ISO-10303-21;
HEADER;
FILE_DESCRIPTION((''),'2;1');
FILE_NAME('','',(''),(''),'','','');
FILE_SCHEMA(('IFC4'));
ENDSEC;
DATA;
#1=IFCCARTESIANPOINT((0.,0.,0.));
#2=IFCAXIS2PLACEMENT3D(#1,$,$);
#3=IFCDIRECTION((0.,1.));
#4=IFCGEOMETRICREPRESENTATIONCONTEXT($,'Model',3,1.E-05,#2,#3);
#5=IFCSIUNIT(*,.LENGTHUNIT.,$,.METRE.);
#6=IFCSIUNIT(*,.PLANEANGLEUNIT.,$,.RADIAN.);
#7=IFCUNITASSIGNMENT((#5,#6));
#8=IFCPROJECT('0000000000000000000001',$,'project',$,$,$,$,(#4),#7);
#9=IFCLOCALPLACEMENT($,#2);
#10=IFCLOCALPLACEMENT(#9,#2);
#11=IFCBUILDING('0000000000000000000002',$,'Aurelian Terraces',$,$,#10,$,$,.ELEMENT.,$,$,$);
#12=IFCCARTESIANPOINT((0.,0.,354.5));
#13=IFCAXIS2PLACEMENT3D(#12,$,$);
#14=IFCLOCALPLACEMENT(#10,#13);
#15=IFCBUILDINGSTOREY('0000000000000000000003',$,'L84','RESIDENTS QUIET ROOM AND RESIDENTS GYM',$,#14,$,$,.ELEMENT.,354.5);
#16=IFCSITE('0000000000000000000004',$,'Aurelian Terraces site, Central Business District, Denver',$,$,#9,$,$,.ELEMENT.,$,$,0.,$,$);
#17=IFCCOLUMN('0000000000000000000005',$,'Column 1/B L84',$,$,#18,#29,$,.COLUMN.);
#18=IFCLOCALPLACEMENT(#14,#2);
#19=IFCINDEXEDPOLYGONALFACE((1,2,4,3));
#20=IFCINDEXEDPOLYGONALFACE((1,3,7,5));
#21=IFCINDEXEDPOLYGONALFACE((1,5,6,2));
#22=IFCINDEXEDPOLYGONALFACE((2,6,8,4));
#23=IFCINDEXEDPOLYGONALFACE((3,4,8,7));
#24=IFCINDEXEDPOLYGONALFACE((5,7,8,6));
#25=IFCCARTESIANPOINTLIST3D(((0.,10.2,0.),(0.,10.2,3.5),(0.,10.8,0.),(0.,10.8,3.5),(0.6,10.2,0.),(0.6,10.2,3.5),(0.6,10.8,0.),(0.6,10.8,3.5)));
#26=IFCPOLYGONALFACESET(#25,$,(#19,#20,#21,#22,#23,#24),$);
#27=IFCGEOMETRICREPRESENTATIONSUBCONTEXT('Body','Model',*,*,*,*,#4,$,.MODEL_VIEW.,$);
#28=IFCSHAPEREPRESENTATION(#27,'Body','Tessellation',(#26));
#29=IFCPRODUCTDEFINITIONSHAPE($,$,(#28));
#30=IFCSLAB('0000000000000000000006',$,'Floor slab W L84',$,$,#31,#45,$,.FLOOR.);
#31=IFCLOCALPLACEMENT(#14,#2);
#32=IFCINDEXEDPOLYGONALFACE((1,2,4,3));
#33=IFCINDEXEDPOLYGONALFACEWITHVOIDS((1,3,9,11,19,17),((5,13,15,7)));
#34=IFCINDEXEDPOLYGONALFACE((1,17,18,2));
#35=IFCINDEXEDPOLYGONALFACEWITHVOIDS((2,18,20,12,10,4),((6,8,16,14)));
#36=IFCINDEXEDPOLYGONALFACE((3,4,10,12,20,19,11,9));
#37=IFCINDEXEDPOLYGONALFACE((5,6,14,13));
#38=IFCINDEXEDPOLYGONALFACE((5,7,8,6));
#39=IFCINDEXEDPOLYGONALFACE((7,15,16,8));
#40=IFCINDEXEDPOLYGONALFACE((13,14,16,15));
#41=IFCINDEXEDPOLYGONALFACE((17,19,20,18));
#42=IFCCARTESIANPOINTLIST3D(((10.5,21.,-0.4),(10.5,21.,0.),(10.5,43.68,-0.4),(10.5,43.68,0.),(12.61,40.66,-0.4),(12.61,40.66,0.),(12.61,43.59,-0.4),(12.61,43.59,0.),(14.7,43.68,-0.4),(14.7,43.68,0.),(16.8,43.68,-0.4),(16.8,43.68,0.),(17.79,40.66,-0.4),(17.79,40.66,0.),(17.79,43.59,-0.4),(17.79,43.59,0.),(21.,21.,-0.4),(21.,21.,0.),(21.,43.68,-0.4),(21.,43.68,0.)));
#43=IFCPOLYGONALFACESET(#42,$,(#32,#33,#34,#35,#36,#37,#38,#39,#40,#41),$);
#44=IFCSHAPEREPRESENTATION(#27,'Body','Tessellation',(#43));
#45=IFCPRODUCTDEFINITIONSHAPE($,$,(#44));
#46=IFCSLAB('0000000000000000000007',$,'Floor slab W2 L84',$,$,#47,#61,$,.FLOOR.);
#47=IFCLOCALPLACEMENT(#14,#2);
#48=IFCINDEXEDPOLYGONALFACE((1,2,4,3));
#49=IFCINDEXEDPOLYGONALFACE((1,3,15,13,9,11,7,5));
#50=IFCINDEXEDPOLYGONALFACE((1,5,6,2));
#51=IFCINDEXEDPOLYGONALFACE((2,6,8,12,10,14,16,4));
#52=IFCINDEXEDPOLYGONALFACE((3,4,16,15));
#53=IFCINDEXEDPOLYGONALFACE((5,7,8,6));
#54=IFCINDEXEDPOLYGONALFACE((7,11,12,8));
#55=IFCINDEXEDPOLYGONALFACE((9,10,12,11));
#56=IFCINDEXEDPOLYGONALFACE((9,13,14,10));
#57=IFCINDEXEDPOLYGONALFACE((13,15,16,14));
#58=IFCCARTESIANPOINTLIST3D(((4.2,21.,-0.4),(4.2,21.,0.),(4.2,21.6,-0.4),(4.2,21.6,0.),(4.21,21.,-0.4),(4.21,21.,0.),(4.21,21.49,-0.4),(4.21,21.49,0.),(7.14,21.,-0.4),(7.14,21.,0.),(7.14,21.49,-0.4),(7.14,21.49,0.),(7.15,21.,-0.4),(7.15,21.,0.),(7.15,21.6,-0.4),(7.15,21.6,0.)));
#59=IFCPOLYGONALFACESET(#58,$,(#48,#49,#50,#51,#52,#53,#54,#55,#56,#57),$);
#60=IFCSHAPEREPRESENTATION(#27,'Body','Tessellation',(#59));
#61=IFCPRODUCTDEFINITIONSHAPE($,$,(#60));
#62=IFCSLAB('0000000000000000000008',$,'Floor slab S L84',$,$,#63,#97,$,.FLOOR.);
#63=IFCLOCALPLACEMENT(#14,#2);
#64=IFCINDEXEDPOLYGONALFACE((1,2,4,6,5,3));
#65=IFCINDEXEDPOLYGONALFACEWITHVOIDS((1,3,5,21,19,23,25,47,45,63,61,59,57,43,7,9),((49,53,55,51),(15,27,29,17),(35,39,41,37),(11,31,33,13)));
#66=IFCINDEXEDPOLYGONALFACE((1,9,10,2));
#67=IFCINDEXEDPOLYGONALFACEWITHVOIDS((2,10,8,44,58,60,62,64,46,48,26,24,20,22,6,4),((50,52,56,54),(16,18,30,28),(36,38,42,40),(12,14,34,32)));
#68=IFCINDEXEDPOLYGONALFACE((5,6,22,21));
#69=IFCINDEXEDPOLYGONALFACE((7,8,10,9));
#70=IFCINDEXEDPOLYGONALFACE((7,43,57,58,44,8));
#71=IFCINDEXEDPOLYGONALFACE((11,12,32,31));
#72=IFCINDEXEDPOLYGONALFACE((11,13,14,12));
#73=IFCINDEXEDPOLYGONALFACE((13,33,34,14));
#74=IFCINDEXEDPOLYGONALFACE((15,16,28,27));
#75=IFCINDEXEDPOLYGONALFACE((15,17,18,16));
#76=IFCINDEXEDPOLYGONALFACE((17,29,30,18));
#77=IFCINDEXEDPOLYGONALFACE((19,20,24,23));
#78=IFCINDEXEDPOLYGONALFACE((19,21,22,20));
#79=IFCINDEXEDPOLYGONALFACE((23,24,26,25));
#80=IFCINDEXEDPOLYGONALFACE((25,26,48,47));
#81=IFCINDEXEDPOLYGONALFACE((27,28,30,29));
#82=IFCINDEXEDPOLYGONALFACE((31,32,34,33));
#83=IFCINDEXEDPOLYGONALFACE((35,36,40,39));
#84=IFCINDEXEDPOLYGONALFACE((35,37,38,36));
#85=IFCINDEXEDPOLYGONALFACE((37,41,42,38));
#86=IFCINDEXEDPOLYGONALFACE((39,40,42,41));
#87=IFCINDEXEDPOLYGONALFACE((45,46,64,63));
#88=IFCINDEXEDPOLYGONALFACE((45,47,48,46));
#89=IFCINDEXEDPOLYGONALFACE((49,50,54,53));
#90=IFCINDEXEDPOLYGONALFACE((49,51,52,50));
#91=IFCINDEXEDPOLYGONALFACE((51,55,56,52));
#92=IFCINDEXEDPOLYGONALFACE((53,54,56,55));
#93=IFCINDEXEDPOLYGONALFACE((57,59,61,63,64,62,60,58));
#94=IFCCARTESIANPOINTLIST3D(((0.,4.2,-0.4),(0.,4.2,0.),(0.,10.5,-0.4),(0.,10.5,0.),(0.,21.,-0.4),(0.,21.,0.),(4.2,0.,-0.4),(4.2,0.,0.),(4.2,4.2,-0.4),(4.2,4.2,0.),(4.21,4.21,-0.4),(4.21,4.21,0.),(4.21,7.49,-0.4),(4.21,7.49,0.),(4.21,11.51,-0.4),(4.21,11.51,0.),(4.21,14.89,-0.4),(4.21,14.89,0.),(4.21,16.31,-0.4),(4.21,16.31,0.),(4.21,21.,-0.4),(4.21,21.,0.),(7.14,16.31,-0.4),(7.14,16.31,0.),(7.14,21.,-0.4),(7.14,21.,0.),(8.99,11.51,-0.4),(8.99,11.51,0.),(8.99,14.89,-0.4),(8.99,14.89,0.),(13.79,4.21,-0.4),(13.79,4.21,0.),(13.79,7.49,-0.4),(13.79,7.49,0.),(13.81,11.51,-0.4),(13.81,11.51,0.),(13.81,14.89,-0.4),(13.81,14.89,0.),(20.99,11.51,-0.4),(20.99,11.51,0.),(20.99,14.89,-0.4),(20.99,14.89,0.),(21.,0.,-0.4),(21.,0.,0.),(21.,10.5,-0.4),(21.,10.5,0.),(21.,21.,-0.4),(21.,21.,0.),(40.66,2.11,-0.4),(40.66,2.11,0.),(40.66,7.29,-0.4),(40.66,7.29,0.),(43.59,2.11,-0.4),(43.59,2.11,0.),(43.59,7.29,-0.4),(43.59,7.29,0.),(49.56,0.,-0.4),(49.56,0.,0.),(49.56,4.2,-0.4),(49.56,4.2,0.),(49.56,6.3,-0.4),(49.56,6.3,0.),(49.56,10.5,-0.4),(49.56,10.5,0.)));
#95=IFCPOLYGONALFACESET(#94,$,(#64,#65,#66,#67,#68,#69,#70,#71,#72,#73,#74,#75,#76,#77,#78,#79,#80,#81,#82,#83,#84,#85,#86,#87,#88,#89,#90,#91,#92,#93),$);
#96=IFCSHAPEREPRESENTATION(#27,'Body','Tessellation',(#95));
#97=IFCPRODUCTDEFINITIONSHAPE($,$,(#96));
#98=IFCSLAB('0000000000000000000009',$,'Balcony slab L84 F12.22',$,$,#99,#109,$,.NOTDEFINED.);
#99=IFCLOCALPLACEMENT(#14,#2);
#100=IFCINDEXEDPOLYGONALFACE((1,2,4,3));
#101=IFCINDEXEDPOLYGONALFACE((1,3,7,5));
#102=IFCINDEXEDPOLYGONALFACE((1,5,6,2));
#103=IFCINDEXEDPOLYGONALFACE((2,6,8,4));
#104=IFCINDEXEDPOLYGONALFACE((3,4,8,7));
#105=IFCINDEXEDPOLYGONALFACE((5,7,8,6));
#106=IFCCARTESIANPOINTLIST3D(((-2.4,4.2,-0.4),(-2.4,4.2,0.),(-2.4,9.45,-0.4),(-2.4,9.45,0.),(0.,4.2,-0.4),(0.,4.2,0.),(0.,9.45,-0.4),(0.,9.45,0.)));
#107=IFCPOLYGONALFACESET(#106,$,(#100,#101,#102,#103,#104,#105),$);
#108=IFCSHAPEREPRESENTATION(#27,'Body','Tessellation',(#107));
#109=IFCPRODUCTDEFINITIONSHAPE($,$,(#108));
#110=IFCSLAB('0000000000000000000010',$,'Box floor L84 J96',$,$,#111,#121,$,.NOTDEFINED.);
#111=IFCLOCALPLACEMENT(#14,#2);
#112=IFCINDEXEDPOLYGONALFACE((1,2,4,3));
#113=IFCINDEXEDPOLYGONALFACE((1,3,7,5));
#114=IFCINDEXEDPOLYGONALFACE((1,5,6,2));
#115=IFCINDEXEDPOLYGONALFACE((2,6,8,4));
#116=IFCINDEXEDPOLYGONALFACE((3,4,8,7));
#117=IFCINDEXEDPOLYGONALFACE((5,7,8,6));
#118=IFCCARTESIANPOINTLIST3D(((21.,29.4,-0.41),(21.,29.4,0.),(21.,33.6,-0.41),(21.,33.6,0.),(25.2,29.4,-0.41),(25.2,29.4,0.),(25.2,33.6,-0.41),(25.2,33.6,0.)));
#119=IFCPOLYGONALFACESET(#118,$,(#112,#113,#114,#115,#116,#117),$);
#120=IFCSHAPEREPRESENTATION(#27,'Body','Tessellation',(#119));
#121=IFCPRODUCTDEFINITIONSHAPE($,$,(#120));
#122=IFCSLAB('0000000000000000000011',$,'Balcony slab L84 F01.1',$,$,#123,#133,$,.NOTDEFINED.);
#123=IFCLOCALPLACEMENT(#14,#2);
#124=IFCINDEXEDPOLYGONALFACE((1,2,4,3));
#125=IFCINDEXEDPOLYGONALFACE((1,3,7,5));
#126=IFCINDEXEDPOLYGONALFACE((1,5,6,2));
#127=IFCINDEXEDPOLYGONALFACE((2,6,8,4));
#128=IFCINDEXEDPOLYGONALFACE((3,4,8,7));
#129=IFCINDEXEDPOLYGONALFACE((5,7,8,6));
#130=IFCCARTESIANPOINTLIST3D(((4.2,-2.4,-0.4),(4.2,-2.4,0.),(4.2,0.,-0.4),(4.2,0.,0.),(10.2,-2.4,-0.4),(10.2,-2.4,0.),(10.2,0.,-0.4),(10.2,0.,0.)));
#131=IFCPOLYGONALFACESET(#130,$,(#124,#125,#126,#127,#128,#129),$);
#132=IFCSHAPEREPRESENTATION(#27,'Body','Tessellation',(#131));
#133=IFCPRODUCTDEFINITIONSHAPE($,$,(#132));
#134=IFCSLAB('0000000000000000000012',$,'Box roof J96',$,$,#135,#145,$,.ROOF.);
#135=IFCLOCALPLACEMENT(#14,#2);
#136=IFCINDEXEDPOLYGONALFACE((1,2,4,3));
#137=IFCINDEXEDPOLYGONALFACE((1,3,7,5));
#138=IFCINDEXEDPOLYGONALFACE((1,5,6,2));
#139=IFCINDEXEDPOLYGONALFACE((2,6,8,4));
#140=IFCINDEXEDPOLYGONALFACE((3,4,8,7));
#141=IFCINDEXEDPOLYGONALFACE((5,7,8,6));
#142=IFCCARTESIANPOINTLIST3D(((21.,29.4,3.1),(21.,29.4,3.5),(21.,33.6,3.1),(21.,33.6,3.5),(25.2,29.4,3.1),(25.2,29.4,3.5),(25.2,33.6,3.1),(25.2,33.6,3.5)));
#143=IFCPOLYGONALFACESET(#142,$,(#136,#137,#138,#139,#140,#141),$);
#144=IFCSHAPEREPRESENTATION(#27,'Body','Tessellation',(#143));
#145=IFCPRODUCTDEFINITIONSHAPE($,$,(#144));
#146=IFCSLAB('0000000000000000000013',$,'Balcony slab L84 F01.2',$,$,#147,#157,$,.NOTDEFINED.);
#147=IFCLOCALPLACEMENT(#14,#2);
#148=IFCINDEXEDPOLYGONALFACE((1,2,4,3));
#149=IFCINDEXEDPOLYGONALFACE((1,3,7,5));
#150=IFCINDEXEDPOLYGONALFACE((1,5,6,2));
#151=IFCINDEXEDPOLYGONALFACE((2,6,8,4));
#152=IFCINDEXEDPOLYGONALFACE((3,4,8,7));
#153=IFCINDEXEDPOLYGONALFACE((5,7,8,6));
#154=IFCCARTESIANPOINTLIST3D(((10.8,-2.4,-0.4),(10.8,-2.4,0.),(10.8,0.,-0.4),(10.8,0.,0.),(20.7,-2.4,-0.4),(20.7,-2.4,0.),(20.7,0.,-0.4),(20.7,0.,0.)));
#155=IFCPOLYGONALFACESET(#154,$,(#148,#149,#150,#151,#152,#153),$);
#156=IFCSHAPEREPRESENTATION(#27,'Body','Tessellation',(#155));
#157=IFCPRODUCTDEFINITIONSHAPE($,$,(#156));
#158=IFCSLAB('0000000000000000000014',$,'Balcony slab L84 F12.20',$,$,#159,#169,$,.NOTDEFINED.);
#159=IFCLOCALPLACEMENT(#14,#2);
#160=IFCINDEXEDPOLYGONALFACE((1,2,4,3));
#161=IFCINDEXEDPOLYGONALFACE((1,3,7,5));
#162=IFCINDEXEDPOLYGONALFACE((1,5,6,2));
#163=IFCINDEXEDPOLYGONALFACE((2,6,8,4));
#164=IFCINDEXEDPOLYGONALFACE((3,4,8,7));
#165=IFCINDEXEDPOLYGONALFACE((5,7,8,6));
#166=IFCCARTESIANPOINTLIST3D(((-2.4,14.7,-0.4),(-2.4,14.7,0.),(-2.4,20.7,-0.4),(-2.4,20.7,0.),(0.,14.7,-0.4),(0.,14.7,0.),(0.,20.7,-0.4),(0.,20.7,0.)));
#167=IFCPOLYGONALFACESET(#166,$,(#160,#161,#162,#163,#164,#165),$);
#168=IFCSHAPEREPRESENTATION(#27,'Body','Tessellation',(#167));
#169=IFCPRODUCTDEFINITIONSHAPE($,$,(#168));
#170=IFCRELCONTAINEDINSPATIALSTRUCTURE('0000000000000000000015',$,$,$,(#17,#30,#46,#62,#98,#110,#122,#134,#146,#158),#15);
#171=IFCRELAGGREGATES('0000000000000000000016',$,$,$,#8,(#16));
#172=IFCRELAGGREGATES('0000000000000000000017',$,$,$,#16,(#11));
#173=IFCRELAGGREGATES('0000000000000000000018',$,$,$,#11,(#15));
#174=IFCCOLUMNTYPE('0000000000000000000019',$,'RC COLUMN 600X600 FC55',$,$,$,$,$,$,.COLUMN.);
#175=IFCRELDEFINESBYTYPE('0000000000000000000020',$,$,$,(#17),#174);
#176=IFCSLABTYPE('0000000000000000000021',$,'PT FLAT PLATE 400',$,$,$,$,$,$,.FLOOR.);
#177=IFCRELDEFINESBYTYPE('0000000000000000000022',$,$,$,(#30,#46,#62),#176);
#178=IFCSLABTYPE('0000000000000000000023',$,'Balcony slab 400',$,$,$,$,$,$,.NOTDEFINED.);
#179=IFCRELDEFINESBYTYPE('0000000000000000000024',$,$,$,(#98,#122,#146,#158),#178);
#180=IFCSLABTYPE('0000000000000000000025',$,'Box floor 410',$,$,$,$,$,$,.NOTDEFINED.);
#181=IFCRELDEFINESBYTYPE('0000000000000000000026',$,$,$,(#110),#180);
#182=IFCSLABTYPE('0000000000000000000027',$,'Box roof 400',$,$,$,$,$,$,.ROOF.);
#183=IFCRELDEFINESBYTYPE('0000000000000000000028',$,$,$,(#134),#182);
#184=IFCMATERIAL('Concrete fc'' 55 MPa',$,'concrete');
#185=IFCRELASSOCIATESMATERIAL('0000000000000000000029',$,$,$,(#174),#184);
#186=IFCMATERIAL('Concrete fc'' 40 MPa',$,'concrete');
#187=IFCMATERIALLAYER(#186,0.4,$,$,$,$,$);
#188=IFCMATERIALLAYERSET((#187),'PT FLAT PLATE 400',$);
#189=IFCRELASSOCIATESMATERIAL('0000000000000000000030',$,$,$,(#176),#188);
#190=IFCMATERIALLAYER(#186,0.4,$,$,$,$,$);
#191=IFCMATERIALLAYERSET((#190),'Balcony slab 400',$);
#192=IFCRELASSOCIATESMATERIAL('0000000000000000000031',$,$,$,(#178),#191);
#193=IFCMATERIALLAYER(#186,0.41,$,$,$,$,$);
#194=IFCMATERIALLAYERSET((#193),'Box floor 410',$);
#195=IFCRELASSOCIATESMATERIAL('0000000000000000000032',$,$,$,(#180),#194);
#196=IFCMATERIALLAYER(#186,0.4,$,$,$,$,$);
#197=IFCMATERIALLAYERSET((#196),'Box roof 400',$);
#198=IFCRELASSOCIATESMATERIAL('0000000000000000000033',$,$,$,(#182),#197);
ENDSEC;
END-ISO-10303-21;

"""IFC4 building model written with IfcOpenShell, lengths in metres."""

from ifc_helpers import new_model, si_unit, direction, frame, origin, origin_2d, place, context, subcontext, project, spatial, polyline, rectangle, outline, extrude, source, transform, mapped, material, layer, layer_set, material_profile, profile_set, type_object, element, save


model = new_model("IFC4")

# Units and contexts
model_context = context("Model", 3, precision=1e-05, world=origin(), true_north=direction((0.0, 1.0)))
body_context = subcontext(model_context, "Body", "Model", "MODEL_VIEW")
ifc_project = project(units=[si_unit("LENGTHUNIT", "METRE"), si_unit("PLANEANGLEUNIT", "RADIAN")], contexts=[model_context])

# Site, building, storey
site_placement = place(None, origin())
site = spatial("IfcSite", under=ifc_project, at=site_placement, Name="Aurelian Terraces site, Central Business District, Denver", CompositionType="ELEMENT", RefElevation=0.0)
building_placement = place(site_placement, origin())
building = spatial("IfcBuilding", under=site, at=building_placement, Name="Aurelian Terraces", CompositionType="ELEMENT")
storey_placement = place(building_placement, frame((0.0, 0.0, 354.5)))
storey = spatial("IfcBuildingStorey", under=building, at=storey_placement, Name="L84", Description="RESIDENTS QUIET ROOM AND RESIDENTS GYM", CompositionType="ELEMENT", Elevation=354.5)

# Column
ifc_material_1 = material(Name="Concrete fc' 55 MPa", Category="concrete")
ifc_material_profile = material_profile(ifc_material_1, rectangle(XDim=0.6, YDim=0.6, at=origin_2d()))
ifc_profile_set = profile_set([ifc_material_profile], Name="Concrete fc' 55 MPa")
column_type = type_object("IfcColumnType", Name="RC COLUMN 600X600 FC55", PredefinedType="COLUMN", material=ifc_profile_set)
shared_shape_1 = source(origin(), body_context, "Body", "SweptSolid", [
    extrude(rectangle(XDim=0.6, YDim=0.6, at=origin_2d()), origin(), (0.0, 0.0, 1.0), 3.5),
])
column_placement = place(storey_placement, frame((0.3, 10.5, 0.0), z_axis=(0.0, 0.0, 1.0), x_axis=(1.0, 0.0, 0.0)))
element("IfcColumn", 1, at=column_placement, inside=storey, type_object=column_type, Name="Column 1/B L84", PredefinedType="COLUMN", context=body_context, shape_type="MappedRepresentation", body=[
    mapped(shared_shape_1, transform((0.0, 0.0, 0.0), scale=1.0)),
])

# Slabs
ifc_material_2 = material(Name="Concrete fc' 40 MPa", Category="concrete")
ifc_layer_1 = layer(ifc_material_2, 0.4)
ifc_layer_set_1 = layer_set([ifc_layer_1], Name="PT FLAT PLATE 400")
slab_type_1 = type_object("IfcSlabType", Name="PT FLAT PLATE 400", PredefinedType="FLOOR", material=ifc_layer_set_1)
shared_shape_2 = source(origin(), body_context, "Body", "SweptSolid", [
    extrude(outline(polyline([(10.5, 43.68), (14.7, 43.68), (16.8, 43.68), (21.0, 43.68), (21.0, 21.0), (10.5, 21.0), (10.5, 43.68)]), holes=[polyline([(17.79, 43.59), (12.61, 43.59), (12.61, 40.66), (17.79, 40.66), (17.79, 43.59)])]), origin(), (0.0, 0.0, 1.0), 0.4),
])
slab_1_placement = place(storey_placement, frame((0.0, 0.0, -0.4)))
element("IfcSlab", 2, at=slab_1_placement, inside=storey, type_object=slab_type_1, Name="Floor slab W L84", PredefinedType="FLOOR", context=body_context, shape_type="MappedRepresentation", body=[
    mapped(shared_shape_2, transform((0.0, 0.0, 0.0), scale=1.0)),
])
shared_shape_3 = source(origin(), body_context, "Body", "SweptSolid", [
    extrude(outline(polyline([(4.2, 21.0), (4.2, 21.6), (7.15, 21.6), (7.15, 21.0), (7.14, 21.0), (7.14, 21.49), (4.21, 21.49), (4.21, 21.0), (4.2, 21.0)])), origin(), (0.0, 0.0, 1.0), 0.4),
])
slab_2_placement = place(storey_placement, frame((0.0, 0.0, -0.4)))
element("IfcSlab", 3, at=slab_2_placement, inside=storey, type_object=slab_type_1, Name="Floor slab W2 L84", PredefinedType="FLOOR", context=body_context, shape_type="MappedRepresentation", body=[
    mapped(shared_shape_3, transform((0.0, 0.0, 0.0), scale=1.0)),
])
shared_shape_4 = source(origin(), body_context, "Body", "SweptSolid", [
    extrude(outline(polyline([(21.0, 0.0), (4.2, 0.0), (4.2, 4.2), (0.0, 4.2), (0.0, 10.5), (0.0, 21.0), (4.21, 21.0), (4.21, 16.31), (7.14, 16.31), (7.14, 21.0), (21.0, 21.0), (21.0, 10.5), (49.56, 10.5), (49.56, 6.3), (49.56, 4.2), (49.56, 0.0), (21.0, 0.0)]), holes=[polyline([(40.66, 2.11), (43.59, 2.11), (43.59, 7.29), (40.66, 7.29), (40.66, 2.11)]), polyline([(13.81, 14.89), (13.81, 11.51), (20.99, 11.51), (20.99, 14.89), (13.81, 14.89)]), polyline([(4.21, 7.49), (4.21, 4.21), (13.79, 4.21), (13.79, 7.49), (4.21, 7.49)]), polyline([(8.99, 11.51), (8.99, 14.89), (4.21, 14.89), (4.21, 11.51), (8.99, 11.51)])]), origin(), (0.0, 0.0, 1.0), 0.4),
])
slab_3_placement = place(storey_placement, frame((0.0, 0.0, -0.4)))
element("IfcSlab", 4, at=slab_3_placement, inside=storey, type_object=slab_type_1, Name="Floor slab S L84", PredefinedType="FLOOR", context=body_context, shape_type="MappedRepresentation", body=[
    mapped(shared_shape_4, transform((0.0, 0.0, 0.0), scale=1.0)),
])
ifc_layer_2 = layer(ifc_material_2, 0.4)
ifc_layer_set_2 = layer_set([ifc_layer_2], Name="Balcony slab 400")
slab_type_2 = type_object("IfcSlabType", Name="Balcony slab 400", PredefinedType="NOTDEFINED", material=ifc_layer_set_2)
shared_shape_5 = source(origin(), body_context, "Body", "SweptSolid", [
    extrude(outline(polyline([(0.0, 9.45), (0.0, 4.2), (-2.4, 4.2), (-2.4, 9.45), (0.0, 9.45)])), origin(), (0.0, 0.0, 1.0), 0.4),
])
slab_4_placement = place(storey_placement, frame((0.0, 0.0, -0.4)))
element("IfcSlab", 5, at=slab_4_placement, inside=storey, type_object=slab_type_2, Name="Balcony slab L84 F12.22", PredefinedType="NOTDEFINED", context=body_context, shape_type="MappedRepresentation", body=[
    mapped(shared_shape_5, transform((0.0, 0.0, 0.0), scale=1.0)),
])
ifc_layer_3 = layer(ifc_material_2, 0.41)
ifc_layer_set_3 = layer_set([ifc_layer_3], Name="Box floor 410")
slab_type_3 = type_object("IfcSlabType", Name="Box floor 410", PredefinedType="NOTDEFINED", material=ifc_layer_set_3)
shared_shape_6 = source(origin(), body_context, "Body", "SweptSolid", [
    extrude(outline(polyline([(25.2, 29.4), (25.2, 33.6), (21.0, 33.6), (21.0, 29.4), (25.2, 29.4)])), origin(), (0.0, 0.0, 1.0), 0.41),
])
slab_5_placement = place(storey_placement, frame((0.0, 0.0, -0.41)))
element("IfcSlab", 6, at=slab_5_placement, inside=storey, type_object=slab_type_3, Name="Box floor L84 J96", PredefinedType="NOTDEFINED", context=body_context, shape_type="MappedRepresentation", body=[
    mapped(shared_shape_6, transform((0.0, 0.0, 0.0), scale=1.0)),
])
shared_shape_7 = source(origin(), body_context, "Body", "SweptSolid", [
    extrude(outline(polyline([(4.2, 0.0), (10.2, 0.0), (10.2, -2.4), (4.2, -2.4), (4.2, 0.0)])), origin(), (0.0, 0.0, 1.0), 0.4),
])
slab_6_placement = place(storey_placement, frame((0.0, 0.0, -0.4)))
element("IfcSlab", 7, at=slab_6_placement, inside=storey, type_object=slab_type_2, Name="Balcony slab L84 F01.1", PredefinedType="NOTDEFINED", context=body_context, shape_type="MappedRepresentation", body=[
    mapped(shared_shape_7, transform((0.0, 0.0, 0.0), scale=1.0)),
])
ifc_layer_4 = layer(ifc_material_2, 0.4)
ifc_layer_set_4 = layer_set([ifc_layer_4], Name="Box roof 400")
slab_type_4 = type_object("IfcSlabType", Name="Box roof 400", PredefinedType="ROOF", material=ifc_layer_set_4)
shared_shape_8 = source(origin(), body_context, "Body", "SweptSolid", [
    extrude(outline(polyline([(25.2, 29.4), (25.2, 33.6), (21.0, 33.6), (21.0, 29.4), (25.2, 29.4)])), origin(), (0.0, 0.0, 1.0), 0.4),
])
slab_7_placement = place(storey_placement, frame((0.0, 0.0, 3.1)))
element("IfcSlab", 8, at=slab_7_placement, inside=storey, type_object=slab_type_4, Name="Box roof J96", PredefinedType="ROOF", context=body_context, shape_type="MappedRepresentation", body=[
    mapped(shared_shape_8, transform((0.0, 0.0, 0.0), scale=1.0)),
])
shared_shape_9 = source(origin(), body_context, "Body", "SweptSolid", [
    extrude(outline(polyline([(10.8, 0.0), (20.7, 0.0), (20.7, -2.4), (10.8, -2.4), (10.8, 0.0)])), origin(), (0.0, 0.0, 1.0), 0.4),
])
slab_8_placement = place(storey_placement, frame((0.0, 0.0, -0.4)))
element("IfcSlab", 9, at=slab_8_placement, inside=storey, type_object=slab_type_2, Name="Balcony slab L84 F01.2", PredefinedType="NOTDEFINED", context=body_context, shape_type="MappedRepresentation", body=[
    mapped(shared_shape_9, transform((0.0, 0.0, 0.0), scale=1.0)),
])
shared_shape_10 = source(origin(), body_context, "Body", "SweptSolid", [
    extrude(outline(polyline([(0.0, 20.7), (0.0, 14.7), (-2.4, 14.7), (-2.4, 20.7), (0.0, 20.7)])), origin(), (0.0, 0.0, 1.0), 0.4),
])
slab_9_placement = place(storey_placement, frame((0.0, 0.0, -0.4)))
element("IfcSlab", 10, at=slab_9_placement, inside=storey, type_object=slab_type_2, Name="Balcony slab L84 F12.20", PredefinedType="NOTDEFINED", context=body_context, shape_type="MappedRepresentation", body=[
    mapped(shared_shape_10, transform((0.0, 0.0, 0.0), scale=1.0)),
])

save(model, "model.ifc")
